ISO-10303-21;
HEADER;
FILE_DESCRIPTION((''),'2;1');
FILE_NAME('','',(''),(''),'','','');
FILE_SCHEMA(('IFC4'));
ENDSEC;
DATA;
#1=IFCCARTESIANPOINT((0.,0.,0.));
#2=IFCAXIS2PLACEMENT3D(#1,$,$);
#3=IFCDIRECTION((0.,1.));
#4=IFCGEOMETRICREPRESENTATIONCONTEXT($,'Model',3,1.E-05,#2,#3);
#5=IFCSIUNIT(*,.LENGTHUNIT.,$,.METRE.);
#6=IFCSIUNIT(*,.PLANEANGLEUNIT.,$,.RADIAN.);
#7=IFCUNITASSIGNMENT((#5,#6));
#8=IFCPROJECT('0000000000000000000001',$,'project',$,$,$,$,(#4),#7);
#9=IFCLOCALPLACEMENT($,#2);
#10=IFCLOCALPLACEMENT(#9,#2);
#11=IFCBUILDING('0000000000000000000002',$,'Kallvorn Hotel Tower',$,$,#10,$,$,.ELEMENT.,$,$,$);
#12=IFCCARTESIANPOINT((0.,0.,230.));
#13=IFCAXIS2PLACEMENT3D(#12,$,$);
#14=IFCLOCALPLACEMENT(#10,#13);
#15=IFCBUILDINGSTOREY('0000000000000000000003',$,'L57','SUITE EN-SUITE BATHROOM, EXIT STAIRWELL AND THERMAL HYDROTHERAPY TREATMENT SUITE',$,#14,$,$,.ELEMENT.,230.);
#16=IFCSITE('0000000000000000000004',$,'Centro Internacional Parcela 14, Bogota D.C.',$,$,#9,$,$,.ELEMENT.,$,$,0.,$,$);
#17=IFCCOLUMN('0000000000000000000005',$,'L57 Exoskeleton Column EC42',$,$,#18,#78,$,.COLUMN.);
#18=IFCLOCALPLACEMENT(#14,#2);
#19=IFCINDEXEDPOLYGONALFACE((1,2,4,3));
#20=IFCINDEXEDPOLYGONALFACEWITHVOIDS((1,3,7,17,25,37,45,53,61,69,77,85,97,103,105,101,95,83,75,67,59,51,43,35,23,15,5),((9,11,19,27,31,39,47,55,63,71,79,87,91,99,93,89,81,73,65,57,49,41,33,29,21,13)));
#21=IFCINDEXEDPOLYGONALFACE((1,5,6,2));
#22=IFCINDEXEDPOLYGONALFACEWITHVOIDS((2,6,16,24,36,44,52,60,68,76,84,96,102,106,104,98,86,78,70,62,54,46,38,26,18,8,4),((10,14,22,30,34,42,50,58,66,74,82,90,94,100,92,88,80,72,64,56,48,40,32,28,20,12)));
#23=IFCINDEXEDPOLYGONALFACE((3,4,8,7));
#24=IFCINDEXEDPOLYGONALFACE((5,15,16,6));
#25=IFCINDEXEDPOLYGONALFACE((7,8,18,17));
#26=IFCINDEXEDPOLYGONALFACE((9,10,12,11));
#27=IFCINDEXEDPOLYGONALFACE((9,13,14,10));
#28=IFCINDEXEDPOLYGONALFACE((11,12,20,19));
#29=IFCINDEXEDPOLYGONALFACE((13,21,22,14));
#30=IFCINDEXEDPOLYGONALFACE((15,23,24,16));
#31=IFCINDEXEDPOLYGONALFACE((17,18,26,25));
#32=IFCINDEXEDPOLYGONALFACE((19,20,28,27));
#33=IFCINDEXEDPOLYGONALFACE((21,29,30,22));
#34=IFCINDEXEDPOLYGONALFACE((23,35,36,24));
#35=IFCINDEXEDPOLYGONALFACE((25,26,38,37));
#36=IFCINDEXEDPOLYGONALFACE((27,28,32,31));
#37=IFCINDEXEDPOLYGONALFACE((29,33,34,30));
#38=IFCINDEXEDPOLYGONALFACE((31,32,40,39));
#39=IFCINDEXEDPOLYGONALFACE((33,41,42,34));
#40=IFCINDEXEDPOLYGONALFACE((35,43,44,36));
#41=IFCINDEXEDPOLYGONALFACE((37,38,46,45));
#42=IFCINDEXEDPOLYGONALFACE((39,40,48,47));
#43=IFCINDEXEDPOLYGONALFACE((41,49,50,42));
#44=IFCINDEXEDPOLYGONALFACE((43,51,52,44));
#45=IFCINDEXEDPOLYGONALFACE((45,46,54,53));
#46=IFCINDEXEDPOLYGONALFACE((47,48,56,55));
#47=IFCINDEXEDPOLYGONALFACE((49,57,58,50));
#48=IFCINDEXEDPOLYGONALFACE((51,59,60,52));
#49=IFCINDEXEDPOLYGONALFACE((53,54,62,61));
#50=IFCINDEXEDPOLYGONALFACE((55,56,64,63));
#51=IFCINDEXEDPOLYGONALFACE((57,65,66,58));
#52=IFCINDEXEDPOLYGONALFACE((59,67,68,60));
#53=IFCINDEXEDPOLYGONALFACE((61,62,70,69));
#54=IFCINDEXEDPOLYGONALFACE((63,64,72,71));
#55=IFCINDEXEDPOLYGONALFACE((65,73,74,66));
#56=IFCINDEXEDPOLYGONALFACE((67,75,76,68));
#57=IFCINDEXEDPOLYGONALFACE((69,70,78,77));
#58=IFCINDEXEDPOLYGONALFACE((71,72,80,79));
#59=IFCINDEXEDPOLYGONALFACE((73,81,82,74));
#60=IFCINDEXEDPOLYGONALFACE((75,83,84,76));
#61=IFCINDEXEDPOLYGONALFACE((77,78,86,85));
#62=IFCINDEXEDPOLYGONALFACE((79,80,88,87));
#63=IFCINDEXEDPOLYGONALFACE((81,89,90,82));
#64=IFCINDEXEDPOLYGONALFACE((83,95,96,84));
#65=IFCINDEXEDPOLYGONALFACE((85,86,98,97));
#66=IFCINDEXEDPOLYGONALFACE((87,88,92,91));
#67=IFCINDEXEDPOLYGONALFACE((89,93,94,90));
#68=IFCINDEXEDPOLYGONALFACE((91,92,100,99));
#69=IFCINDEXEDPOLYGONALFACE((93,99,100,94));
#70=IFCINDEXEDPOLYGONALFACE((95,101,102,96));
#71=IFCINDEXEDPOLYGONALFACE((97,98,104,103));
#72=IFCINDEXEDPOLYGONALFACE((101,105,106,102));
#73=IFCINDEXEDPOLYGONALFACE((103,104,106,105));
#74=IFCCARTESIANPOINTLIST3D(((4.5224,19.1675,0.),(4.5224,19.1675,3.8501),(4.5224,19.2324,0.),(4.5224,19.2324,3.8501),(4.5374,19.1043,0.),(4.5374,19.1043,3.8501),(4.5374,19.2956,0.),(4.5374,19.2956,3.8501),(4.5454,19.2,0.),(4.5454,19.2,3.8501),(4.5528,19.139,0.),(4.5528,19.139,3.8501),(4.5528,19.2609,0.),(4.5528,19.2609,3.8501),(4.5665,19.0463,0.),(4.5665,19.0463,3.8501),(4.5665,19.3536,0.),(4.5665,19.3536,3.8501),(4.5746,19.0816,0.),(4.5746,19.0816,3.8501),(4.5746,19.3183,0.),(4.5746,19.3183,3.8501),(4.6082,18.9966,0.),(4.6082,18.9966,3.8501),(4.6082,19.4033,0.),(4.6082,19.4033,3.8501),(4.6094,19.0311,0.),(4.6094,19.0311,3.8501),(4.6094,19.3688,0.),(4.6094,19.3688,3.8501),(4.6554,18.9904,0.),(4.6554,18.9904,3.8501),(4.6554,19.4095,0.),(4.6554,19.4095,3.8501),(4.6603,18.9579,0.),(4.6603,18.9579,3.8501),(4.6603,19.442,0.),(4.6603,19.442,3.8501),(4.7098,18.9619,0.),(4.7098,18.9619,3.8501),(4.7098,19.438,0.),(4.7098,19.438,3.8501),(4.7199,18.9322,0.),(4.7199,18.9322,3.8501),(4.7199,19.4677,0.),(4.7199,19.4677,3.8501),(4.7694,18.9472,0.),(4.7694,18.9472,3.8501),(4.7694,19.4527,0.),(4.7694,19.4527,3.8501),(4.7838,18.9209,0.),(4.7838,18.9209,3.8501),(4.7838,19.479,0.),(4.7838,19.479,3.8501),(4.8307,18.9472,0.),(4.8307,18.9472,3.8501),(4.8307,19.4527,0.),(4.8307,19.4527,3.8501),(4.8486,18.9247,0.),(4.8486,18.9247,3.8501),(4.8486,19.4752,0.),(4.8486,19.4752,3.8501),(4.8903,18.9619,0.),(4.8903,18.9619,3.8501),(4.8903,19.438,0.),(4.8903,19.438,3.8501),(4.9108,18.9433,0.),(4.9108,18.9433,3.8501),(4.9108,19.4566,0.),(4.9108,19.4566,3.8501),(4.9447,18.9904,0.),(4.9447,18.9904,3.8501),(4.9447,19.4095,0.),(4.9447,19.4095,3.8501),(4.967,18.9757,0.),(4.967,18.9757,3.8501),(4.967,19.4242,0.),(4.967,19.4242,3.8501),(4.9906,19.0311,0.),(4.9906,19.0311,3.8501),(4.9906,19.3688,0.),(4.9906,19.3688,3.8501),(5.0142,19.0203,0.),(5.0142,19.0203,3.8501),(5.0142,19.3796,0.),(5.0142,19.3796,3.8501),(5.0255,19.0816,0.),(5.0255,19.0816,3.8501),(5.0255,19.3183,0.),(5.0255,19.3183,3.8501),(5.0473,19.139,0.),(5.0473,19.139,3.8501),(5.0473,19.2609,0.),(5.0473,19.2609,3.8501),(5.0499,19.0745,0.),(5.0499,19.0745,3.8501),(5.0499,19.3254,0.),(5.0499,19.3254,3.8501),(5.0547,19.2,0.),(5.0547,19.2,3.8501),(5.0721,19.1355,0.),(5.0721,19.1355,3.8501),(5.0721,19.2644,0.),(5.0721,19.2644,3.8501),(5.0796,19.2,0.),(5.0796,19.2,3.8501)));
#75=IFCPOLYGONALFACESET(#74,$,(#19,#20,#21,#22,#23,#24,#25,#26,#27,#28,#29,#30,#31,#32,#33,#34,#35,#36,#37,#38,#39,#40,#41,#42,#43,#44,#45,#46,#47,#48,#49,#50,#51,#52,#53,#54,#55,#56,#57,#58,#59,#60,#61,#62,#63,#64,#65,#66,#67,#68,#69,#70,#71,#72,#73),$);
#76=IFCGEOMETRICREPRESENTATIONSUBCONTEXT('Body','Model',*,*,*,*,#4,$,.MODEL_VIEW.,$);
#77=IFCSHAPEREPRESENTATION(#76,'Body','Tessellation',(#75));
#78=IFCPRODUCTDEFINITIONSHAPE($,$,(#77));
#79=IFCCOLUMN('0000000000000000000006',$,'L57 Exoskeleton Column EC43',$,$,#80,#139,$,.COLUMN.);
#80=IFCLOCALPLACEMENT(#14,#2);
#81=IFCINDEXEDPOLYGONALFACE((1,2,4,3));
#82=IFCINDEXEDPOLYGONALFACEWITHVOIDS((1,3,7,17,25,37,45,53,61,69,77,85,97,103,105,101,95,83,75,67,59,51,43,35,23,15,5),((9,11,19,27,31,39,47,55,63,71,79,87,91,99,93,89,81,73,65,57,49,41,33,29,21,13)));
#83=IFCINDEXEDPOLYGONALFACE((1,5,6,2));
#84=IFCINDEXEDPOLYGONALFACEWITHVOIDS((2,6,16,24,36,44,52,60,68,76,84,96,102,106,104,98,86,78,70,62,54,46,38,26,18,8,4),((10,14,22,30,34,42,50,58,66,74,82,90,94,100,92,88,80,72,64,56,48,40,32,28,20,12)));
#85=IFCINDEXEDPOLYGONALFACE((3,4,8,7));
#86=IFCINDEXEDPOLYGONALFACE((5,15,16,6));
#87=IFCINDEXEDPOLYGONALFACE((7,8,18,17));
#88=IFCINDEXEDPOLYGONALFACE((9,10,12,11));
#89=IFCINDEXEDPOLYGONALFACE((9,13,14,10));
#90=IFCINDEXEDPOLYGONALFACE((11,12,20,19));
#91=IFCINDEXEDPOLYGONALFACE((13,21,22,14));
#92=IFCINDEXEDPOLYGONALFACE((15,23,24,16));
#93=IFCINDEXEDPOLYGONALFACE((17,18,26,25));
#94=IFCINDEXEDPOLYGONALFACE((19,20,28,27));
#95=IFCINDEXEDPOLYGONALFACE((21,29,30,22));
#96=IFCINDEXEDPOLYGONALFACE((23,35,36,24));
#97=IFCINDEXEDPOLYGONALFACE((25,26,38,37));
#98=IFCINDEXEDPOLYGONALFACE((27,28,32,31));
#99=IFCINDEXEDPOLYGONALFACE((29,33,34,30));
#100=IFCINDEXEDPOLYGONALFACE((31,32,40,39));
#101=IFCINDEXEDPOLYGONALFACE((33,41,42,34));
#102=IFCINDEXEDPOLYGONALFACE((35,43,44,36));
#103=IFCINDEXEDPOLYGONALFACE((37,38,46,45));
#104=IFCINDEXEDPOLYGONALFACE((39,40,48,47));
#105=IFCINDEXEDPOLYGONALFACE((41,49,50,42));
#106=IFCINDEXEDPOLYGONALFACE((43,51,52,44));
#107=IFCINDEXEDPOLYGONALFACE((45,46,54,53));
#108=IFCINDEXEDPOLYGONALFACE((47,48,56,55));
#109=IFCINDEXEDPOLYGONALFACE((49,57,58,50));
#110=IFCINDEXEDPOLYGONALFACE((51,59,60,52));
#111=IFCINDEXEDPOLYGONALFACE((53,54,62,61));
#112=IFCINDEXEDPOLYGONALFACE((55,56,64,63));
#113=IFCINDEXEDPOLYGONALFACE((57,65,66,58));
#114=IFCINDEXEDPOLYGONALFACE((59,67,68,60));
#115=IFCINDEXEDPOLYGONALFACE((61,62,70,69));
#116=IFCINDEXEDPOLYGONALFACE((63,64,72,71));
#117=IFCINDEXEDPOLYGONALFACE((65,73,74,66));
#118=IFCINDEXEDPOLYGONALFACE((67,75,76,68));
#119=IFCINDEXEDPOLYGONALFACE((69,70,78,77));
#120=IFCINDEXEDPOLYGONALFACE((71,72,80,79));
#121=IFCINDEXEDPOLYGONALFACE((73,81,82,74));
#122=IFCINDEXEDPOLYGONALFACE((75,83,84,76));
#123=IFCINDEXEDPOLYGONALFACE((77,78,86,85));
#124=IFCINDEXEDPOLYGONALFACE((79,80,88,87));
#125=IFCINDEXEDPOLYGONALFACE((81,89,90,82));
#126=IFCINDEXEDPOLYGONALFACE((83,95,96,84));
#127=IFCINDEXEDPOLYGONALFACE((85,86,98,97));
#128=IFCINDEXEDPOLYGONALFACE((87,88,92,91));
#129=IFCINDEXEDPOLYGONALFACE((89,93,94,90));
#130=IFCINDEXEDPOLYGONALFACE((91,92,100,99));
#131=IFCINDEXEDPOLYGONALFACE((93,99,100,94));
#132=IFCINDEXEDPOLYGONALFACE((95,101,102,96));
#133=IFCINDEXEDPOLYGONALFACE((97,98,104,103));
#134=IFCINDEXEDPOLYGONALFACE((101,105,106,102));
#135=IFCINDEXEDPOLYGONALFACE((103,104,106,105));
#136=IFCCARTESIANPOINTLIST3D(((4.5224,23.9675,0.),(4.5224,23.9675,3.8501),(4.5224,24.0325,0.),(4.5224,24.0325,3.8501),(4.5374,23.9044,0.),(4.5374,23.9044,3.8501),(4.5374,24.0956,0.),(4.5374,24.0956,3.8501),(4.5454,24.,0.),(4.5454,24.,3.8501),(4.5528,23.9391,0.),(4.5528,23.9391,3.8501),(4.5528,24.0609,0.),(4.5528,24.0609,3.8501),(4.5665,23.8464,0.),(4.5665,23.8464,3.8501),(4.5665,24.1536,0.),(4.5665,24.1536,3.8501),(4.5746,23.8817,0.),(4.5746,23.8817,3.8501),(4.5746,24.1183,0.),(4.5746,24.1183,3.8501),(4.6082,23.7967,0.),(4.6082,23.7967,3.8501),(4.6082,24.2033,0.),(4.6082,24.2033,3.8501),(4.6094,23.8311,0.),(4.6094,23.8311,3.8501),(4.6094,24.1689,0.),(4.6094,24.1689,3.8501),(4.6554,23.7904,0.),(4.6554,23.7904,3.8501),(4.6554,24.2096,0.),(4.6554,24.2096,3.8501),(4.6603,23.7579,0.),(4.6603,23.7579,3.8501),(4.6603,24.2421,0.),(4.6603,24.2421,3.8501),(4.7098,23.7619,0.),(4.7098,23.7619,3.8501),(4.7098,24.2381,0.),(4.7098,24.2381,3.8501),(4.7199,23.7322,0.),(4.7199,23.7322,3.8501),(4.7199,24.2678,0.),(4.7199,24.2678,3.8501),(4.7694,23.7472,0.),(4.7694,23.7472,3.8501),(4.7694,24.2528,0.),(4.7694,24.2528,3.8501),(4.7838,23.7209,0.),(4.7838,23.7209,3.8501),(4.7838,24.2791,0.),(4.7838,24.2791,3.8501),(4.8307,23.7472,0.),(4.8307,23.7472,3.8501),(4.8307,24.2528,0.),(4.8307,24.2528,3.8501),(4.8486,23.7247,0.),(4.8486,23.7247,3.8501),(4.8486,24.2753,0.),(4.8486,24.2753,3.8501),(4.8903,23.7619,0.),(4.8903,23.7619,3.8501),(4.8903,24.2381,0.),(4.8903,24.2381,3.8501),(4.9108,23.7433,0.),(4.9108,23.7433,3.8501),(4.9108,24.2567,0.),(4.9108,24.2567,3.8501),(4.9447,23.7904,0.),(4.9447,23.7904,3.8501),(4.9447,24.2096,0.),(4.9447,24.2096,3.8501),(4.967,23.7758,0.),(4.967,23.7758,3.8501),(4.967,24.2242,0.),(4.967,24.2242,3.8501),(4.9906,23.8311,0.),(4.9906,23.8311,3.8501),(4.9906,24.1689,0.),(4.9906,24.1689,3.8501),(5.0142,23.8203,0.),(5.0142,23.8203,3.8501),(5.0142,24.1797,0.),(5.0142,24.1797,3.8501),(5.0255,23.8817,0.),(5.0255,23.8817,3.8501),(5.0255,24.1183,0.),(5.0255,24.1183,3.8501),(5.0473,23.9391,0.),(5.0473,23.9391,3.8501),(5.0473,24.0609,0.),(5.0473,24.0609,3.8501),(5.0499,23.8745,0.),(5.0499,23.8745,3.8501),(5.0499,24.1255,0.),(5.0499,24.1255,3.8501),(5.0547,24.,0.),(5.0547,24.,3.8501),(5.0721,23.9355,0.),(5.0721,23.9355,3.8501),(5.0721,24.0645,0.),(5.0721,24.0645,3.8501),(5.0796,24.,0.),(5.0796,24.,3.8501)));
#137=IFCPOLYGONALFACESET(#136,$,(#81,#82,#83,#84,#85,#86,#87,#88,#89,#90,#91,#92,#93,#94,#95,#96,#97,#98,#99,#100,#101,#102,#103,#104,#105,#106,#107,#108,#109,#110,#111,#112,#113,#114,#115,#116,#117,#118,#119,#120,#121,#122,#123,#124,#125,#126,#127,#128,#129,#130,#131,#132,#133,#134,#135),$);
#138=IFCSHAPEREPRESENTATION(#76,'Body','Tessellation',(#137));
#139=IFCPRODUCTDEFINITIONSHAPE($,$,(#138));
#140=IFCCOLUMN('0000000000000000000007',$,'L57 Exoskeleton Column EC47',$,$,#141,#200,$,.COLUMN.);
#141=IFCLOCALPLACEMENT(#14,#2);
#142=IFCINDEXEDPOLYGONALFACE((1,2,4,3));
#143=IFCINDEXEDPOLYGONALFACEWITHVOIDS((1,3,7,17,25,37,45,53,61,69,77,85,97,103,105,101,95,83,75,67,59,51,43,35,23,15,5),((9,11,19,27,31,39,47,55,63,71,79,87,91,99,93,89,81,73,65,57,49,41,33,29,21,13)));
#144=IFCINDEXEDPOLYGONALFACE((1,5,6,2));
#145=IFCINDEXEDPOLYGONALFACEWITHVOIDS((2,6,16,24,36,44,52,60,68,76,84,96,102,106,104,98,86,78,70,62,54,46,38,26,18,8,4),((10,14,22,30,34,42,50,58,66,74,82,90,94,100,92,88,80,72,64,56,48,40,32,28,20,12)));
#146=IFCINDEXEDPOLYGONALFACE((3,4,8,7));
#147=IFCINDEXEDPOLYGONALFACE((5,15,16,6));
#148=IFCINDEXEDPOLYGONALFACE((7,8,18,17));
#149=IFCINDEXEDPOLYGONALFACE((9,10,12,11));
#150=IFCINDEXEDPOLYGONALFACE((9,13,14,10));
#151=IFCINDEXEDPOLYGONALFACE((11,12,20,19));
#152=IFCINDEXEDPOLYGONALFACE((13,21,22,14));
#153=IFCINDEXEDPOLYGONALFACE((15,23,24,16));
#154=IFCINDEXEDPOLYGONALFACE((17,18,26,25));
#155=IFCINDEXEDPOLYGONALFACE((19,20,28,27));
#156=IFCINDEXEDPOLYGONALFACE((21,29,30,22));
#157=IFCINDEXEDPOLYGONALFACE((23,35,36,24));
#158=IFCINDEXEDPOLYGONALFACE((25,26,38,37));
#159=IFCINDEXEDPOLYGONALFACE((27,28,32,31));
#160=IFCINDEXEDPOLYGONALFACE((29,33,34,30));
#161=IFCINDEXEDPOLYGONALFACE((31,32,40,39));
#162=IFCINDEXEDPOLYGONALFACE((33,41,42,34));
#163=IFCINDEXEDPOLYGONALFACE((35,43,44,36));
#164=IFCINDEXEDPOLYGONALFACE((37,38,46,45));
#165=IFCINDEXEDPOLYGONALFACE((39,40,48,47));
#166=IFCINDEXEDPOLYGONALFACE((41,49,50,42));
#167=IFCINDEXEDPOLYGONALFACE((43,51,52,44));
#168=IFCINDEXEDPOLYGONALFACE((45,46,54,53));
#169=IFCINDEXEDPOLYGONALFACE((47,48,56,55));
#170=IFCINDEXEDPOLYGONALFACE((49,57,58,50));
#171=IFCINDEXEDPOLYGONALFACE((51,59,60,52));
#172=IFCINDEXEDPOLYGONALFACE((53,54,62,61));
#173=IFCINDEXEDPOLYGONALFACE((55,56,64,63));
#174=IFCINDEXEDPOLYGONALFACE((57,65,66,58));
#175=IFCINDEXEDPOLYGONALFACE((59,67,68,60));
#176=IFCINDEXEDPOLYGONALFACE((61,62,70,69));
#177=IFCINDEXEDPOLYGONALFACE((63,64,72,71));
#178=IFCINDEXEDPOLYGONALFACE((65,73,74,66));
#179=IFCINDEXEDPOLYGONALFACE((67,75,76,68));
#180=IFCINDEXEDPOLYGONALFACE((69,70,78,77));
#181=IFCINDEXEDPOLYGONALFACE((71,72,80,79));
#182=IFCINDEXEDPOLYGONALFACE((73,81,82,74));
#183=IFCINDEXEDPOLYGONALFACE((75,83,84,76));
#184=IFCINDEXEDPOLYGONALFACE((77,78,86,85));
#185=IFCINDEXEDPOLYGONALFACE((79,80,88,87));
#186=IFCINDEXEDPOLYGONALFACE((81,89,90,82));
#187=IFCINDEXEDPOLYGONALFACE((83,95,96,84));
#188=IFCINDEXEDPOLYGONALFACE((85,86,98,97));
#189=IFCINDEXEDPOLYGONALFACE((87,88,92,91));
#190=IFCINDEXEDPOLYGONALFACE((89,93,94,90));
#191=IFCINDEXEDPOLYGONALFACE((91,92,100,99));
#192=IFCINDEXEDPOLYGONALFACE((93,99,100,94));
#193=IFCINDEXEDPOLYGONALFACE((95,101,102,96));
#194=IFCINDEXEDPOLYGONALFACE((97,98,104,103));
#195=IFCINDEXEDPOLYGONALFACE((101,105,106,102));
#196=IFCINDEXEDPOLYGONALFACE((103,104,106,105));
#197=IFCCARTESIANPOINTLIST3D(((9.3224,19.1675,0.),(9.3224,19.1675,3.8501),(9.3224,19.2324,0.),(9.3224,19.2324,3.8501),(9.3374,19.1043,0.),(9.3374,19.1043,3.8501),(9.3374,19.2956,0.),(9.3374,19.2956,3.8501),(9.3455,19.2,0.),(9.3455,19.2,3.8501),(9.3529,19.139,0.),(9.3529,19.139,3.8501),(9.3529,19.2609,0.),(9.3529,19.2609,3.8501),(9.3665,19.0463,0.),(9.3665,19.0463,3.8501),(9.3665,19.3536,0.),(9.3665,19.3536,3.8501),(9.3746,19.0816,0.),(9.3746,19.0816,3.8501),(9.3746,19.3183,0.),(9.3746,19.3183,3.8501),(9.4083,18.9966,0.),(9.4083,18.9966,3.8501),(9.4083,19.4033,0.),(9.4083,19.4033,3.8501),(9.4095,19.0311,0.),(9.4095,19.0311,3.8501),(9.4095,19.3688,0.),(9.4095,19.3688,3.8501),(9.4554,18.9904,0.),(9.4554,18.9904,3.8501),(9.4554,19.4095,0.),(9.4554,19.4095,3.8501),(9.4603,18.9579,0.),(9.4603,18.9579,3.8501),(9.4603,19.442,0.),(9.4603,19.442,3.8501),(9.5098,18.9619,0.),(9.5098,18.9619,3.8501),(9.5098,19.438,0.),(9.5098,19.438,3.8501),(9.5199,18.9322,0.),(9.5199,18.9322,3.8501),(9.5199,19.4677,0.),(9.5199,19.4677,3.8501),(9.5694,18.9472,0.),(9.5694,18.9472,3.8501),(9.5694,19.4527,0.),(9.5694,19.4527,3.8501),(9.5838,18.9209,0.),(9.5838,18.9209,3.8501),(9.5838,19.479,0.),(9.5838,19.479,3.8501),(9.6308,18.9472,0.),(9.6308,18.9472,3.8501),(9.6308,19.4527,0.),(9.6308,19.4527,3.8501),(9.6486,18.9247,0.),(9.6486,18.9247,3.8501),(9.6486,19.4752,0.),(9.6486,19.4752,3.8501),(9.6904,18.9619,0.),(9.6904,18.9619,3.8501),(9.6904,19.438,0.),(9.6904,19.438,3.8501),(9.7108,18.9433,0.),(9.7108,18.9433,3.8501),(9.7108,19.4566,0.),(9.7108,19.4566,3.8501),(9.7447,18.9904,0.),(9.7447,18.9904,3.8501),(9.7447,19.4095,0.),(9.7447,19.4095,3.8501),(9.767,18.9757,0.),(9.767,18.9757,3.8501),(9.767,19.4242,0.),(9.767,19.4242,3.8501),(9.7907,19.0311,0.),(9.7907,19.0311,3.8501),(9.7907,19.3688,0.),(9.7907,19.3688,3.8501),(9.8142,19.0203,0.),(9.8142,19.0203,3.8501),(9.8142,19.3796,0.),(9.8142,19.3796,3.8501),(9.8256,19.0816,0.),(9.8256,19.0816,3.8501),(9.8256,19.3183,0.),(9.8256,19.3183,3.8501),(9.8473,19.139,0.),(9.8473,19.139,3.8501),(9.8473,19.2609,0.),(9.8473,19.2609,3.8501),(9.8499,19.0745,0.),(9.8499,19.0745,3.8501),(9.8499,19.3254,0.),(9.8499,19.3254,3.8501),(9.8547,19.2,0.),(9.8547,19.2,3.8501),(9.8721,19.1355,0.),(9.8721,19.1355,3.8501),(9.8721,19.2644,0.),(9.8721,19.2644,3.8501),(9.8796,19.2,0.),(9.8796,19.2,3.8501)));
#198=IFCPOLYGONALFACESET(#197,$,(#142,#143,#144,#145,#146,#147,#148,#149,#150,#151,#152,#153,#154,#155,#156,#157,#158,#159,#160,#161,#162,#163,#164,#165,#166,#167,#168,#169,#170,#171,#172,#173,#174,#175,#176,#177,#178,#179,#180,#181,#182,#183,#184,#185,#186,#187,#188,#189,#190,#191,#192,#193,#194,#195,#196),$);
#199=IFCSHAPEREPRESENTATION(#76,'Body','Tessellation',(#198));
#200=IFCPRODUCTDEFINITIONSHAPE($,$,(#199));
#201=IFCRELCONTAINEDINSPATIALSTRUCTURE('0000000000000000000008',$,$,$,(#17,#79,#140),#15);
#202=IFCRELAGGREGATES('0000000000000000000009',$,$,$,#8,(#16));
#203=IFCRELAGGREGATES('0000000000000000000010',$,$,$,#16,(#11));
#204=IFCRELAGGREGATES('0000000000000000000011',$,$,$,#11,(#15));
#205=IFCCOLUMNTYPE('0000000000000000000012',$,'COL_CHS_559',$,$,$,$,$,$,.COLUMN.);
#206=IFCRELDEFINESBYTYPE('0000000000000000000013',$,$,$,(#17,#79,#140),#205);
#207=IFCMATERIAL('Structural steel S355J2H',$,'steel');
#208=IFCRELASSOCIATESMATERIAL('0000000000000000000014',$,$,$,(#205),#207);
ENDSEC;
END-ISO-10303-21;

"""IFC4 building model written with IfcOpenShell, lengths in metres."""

from ifc_helpers import new_model, si_unit, direction, frame, origin, origin_2d, place, context, subcontext, project, spatial, hollow_circle, extrude, material, material_profile, profile_set, type_object, element, save


model = new_model("IFC4")

# Units and contexts
model_context = context("Model", 3, precision=1e-05, world=origin(), true_north=direction((0.0, 1.0)))
body_context = subcontext(model_context, "Body", "Model", "MODEL_VIEW")
ifc_project = project(units=[si_unit("LENGTHUNIT", "METRE"), si_unit("PLANEANGLEUNIT", "RADIAN")], contexts=[model_context])

# Site, building, storey
site_placement = place(None, origin())
site = spatial("IfcSite", under=ifc_project, at=site_placement, Name="Centro Internacional Parcela 14, Bogota D.C.", CompositionType="ELEMENT", RefElevation=0.0)
building_placement = place(site_placement, origin())
building = spatial("IfcBuilding", under=site, at=building_placement, Name="Kallvorn Hotel Tower", CompositionType="ELEMENT")
storey_placement = place(building_placement, frame((0.0, 0.0, 230.0)))
storey = spatial("IfcBuildingStorey", under=building, at=storey_placement, Name="L57", Description="SUITE EN-SUITE BATHROOM, EXIT STAIRWELL AND THERMAL HYDROTHERAPY TREATMENT SUITE", CompositionType="ELEMENT", Elevation=230.0)

# Columns
ifc_material_1 = material(Name="Structural steel S355J2H", Category="steel")
ifc_material_profile_1 = material_profile(ifc_material_1, hollow_circle(Radius=0.2795, WallThickness=0.0249, at=origin_2d()), Name="CHS 559x25")
ifc_profile_set_1 = profile_set([ifc_material_profile_1], Name="Structural steel S355J2H")
column_type_1 = type_object("IfcColumnType", Name="COL_CHS_559", PredefinedType="COLUMN", material=ifc_profile_set_1)
for number, where, z_axis, x_axis, name in (
    (1, (4.8, 19.2, 0.0), (0.0, 0.0, 1.0), (1.0, 0.0, 0.0), "L57 Exoskeleton Column EC42"),
    (2, (4.8, 24.0, 0.0), (0.0, 0.0, 1.0), (1.0, 0.0, 0.0), "L57 Exoskeleton Column EC43"),
    (3, (9.6001, 19.2, 0.0), (0.0, 0.0, 1.0), (1.0, 0.0, 0.0), "L57 Exoskeleton Column EC47"),
):
    element("IfcColumn", number, at=place(storey_placement, frame(where, z_axis=z_axis, x_axis=x_axis)), inside=storey, type_object=column_type_1, Name=name, PredefinedType="COLUMN", context=body_context, shape_type="SweptSolid", body=[
        extrude(hollow_circle(Radius=0.2795, WallThickness=0.0249, at=origin_2d()), origin(), (0.0, 0.0, 1.0), 3.8501),
    ])

save(model, "model.ifc")
